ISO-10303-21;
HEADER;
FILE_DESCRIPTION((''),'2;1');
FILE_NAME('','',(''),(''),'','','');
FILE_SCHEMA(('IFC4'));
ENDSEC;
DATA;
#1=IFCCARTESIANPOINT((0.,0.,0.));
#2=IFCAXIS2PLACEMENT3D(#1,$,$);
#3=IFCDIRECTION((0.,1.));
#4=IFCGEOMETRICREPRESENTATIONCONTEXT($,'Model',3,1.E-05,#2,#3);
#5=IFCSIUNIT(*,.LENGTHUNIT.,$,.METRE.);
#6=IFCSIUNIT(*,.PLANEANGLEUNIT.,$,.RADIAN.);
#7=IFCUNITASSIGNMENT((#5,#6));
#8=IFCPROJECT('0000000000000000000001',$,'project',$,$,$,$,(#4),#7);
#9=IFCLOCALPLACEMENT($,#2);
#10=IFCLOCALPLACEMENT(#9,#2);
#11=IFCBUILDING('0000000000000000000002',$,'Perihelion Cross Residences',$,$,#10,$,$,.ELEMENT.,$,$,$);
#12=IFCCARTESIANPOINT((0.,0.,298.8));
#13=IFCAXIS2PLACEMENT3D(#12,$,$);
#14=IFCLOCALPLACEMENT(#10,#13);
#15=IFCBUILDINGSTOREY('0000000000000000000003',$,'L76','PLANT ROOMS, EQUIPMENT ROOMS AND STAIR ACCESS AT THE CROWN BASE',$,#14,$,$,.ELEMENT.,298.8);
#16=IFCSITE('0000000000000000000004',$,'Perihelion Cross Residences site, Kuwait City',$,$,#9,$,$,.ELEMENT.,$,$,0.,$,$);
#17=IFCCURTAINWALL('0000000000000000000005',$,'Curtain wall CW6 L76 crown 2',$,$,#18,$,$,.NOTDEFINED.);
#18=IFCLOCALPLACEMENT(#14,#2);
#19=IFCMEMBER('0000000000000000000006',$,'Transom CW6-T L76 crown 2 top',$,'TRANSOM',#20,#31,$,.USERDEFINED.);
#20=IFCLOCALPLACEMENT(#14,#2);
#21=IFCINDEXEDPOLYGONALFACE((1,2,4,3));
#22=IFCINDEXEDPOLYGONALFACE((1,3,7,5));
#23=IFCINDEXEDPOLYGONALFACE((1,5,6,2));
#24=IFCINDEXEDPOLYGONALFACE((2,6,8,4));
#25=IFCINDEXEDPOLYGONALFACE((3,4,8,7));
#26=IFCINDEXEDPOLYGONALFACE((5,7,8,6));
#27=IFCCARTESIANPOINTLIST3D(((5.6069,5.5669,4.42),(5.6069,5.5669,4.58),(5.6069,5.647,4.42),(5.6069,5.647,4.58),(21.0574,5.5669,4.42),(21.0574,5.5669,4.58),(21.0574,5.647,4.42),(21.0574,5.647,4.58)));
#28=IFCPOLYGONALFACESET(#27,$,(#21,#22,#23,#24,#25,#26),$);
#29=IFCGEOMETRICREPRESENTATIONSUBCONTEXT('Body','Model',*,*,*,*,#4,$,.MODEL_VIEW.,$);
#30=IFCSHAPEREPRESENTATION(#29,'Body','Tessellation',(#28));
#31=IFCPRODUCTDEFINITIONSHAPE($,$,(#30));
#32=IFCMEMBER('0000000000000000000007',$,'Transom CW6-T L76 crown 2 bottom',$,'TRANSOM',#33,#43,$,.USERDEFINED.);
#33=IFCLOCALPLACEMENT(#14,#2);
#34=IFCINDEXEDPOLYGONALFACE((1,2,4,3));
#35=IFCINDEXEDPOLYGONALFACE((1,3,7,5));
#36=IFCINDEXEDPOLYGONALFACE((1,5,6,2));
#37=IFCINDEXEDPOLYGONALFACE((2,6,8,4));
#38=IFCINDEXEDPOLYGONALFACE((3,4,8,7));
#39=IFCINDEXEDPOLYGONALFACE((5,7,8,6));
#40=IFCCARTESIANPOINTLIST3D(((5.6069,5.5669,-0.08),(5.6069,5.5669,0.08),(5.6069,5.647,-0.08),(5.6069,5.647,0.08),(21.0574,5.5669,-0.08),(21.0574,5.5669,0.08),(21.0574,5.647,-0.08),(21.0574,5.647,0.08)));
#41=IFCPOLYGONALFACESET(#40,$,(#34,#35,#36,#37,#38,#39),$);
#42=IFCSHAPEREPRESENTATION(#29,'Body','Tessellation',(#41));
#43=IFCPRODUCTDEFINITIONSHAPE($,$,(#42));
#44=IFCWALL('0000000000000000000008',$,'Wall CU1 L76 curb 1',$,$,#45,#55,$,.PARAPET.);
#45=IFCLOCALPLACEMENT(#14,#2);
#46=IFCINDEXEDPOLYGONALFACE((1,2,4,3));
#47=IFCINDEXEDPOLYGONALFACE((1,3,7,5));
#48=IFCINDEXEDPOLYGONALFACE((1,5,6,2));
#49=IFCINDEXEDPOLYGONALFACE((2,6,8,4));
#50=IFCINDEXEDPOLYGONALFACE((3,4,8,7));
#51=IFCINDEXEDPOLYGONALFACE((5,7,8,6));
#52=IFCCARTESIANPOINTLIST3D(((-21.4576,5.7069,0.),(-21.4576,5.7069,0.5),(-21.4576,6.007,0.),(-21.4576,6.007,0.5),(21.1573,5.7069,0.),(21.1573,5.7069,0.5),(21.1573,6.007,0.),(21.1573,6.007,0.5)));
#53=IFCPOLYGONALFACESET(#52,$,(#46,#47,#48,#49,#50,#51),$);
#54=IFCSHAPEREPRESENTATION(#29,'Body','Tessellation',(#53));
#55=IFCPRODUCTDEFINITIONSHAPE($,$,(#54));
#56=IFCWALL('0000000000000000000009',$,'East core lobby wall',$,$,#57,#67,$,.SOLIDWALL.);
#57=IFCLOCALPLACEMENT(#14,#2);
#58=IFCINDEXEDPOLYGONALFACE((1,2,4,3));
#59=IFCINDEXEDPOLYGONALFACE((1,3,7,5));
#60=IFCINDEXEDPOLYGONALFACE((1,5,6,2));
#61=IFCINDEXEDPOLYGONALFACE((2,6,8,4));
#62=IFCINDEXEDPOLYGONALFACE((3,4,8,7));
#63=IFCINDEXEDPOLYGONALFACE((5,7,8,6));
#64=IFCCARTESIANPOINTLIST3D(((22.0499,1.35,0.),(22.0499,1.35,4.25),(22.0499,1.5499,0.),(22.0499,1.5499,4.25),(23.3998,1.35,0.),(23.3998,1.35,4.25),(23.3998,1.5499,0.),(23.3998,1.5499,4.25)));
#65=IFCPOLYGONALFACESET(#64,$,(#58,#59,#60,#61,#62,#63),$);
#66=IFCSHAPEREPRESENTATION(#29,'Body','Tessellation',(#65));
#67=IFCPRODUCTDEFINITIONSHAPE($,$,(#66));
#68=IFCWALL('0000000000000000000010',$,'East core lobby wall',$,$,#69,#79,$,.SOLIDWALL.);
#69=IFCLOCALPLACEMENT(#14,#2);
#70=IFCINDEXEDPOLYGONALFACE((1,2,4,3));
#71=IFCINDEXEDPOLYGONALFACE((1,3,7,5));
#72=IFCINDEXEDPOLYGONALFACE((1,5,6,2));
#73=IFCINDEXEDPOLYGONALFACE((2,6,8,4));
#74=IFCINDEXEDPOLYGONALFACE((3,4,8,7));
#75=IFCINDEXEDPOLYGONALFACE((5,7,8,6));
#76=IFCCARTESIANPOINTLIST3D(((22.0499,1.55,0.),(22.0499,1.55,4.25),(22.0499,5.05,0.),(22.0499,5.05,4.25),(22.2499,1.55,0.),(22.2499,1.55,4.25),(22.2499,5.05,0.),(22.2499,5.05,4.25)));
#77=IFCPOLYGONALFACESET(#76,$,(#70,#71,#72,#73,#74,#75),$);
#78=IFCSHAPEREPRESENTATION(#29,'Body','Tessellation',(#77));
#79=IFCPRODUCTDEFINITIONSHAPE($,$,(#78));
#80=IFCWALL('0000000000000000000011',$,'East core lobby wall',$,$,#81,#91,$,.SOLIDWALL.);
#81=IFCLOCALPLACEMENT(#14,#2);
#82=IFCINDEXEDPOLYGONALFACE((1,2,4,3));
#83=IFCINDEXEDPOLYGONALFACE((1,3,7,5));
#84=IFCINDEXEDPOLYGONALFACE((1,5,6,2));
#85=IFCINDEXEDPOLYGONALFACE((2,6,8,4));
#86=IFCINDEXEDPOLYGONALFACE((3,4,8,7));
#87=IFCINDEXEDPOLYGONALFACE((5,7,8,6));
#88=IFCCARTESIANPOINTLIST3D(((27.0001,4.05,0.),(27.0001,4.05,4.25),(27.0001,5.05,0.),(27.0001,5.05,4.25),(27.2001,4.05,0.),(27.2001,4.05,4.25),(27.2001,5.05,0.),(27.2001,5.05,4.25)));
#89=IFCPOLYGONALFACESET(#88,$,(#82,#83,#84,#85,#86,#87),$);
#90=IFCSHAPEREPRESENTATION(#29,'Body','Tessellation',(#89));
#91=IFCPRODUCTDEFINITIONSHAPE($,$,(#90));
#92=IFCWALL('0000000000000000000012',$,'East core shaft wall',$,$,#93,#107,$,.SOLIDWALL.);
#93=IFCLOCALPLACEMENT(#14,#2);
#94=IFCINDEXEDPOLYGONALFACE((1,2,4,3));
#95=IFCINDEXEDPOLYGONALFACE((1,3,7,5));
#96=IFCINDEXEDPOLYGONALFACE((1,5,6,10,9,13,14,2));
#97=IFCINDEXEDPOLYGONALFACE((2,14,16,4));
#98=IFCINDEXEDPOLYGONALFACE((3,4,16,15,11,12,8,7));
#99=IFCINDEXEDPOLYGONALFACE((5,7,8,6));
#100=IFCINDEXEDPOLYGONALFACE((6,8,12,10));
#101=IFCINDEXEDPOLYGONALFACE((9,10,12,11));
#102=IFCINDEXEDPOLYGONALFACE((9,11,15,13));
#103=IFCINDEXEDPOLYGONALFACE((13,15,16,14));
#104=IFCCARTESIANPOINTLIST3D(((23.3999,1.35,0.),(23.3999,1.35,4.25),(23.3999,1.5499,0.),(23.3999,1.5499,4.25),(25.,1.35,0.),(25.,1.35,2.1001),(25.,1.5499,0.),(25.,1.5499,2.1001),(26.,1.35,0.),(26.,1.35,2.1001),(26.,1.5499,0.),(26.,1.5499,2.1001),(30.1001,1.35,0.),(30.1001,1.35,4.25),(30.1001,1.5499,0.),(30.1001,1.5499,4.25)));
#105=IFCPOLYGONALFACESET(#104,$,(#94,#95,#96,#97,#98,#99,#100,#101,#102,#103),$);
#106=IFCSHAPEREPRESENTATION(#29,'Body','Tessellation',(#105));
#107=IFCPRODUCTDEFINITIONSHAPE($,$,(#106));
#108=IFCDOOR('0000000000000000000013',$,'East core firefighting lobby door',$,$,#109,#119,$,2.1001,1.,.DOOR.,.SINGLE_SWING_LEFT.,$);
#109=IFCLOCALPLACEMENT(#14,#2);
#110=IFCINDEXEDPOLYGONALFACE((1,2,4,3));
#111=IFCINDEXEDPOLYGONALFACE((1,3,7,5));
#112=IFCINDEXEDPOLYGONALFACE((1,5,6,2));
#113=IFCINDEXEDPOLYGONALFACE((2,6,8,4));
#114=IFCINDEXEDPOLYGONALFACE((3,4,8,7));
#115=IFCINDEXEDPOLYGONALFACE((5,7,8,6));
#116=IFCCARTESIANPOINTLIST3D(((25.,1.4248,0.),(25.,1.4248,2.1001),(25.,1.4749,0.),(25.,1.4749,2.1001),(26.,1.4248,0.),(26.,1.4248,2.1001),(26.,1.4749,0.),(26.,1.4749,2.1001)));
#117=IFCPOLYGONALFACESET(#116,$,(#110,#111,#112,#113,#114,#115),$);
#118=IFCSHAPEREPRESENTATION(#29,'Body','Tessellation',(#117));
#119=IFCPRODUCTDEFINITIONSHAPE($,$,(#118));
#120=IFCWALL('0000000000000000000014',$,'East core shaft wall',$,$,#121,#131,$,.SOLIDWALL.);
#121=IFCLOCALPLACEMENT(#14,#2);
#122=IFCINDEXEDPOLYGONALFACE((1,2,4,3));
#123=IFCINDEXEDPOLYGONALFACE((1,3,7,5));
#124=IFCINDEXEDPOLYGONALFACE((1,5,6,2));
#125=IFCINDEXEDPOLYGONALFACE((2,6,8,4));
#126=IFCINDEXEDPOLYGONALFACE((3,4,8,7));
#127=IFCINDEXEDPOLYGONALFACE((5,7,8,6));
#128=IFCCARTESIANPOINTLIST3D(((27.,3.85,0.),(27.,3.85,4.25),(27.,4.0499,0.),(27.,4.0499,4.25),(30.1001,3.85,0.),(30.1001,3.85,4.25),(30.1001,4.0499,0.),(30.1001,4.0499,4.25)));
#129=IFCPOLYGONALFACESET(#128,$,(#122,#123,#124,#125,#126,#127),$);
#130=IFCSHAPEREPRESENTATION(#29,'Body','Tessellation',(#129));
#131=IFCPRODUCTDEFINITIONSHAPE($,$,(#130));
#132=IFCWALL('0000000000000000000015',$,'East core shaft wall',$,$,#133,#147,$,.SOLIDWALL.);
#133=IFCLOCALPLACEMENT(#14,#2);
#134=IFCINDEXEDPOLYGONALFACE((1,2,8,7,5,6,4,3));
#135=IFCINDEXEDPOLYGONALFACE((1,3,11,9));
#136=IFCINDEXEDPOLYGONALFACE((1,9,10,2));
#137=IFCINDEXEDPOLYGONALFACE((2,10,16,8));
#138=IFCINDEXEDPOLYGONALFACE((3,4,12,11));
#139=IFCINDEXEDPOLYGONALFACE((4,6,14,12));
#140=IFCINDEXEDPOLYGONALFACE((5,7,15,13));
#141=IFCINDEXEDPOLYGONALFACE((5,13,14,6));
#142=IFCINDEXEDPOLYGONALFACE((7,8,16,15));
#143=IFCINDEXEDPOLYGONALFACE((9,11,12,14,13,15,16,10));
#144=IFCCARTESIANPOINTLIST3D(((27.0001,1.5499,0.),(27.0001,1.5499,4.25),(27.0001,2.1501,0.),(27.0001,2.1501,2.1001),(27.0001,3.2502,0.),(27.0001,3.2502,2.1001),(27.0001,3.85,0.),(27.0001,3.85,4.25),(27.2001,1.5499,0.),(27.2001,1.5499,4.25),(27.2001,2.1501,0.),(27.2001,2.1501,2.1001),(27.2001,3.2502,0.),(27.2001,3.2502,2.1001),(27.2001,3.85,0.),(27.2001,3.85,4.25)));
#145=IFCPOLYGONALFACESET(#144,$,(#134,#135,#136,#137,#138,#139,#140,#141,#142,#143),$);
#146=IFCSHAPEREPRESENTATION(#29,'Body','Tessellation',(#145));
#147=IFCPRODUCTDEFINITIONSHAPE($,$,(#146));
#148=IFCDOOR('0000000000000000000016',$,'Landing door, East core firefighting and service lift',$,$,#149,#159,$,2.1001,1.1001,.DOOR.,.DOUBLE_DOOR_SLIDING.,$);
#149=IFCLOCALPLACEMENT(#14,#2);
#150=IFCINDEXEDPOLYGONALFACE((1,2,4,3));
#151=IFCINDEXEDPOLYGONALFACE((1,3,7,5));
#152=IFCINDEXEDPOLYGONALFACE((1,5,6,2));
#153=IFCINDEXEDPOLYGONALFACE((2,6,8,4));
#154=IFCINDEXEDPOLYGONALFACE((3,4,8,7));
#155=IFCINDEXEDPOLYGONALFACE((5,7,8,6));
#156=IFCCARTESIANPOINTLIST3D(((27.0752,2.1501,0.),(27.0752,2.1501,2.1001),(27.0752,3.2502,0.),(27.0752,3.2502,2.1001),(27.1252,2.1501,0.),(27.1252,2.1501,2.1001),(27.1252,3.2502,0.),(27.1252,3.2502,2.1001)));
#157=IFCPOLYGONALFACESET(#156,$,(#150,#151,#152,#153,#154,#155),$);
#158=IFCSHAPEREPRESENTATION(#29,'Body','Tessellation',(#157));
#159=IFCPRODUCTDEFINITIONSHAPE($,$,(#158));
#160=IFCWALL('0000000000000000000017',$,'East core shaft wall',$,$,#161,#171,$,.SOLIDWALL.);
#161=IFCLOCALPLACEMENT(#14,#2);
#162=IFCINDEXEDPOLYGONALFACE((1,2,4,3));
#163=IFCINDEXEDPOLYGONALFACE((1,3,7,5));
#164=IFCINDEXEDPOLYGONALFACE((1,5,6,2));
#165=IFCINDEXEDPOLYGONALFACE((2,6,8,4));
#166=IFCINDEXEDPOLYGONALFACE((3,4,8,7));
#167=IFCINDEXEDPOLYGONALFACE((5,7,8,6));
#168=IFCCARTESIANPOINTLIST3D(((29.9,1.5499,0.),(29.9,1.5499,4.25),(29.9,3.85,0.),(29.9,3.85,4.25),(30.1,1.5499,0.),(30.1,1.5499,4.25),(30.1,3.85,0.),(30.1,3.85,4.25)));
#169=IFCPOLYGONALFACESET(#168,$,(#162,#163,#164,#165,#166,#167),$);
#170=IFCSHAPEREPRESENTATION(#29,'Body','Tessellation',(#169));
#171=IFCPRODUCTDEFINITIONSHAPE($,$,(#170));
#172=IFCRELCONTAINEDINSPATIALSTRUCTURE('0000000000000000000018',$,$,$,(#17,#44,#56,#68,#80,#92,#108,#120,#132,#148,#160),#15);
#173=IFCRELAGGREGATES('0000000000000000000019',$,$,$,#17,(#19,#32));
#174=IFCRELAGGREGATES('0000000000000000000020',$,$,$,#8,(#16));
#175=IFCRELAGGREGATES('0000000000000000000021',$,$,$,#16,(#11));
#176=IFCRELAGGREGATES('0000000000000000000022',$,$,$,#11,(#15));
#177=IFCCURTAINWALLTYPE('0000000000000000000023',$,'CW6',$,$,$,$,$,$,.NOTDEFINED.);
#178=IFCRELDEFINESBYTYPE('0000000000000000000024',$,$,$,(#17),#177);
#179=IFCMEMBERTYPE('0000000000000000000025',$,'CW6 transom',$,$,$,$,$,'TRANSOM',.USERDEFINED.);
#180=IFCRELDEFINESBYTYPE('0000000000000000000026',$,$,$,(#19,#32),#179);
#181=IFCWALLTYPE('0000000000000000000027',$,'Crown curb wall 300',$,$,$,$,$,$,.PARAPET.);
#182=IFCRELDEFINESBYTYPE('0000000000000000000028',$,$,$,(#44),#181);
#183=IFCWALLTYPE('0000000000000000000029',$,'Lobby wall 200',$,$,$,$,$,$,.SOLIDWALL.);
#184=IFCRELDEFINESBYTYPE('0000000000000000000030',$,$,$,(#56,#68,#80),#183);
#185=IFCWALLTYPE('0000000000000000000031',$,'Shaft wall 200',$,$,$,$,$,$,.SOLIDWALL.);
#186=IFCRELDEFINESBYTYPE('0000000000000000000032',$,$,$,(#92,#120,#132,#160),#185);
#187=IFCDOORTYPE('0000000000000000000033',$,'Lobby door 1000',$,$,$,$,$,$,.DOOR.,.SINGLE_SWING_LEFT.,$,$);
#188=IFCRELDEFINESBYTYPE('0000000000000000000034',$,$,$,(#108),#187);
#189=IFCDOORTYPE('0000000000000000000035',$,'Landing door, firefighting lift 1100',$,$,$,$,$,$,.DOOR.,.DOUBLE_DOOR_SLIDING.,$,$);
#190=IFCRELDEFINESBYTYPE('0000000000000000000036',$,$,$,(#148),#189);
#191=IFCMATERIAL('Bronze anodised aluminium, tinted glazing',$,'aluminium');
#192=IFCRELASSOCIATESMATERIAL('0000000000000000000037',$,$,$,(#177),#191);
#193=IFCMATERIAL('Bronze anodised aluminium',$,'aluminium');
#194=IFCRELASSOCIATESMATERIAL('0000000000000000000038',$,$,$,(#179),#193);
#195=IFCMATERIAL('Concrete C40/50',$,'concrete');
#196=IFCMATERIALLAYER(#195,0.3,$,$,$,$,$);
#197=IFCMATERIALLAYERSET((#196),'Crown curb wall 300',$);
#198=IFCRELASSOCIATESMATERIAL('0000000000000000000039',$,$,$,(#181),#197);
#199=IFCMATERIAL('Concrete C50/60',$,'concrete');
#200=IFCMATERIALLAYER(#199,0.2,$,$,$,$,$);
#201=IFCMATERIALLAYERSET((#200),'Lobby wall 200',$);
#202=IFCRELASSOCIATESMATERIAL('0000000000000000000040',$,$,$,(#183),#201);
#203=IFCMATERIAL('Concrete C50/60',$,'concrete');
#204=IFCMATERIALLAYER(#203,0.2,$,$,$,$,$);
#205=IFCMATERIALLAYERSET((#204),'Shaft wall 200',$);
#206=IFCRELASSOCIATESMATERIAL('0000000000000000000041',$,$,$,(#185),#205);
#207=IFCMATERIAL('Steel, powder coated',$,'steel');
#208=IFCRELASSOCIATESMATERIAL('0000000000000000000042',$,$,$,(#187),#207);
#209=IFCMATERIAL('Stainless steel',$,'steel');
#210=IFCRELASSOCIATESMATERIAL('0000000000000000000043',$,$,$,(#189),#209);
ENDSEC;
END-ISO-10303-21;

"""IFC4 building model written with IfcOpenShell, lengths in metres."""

from ifc_helpers import new_model, si_unit, direction, frame, frame_2d, origin, origin_2d, place, context, subcontext, project, spatial, rectangle, extrude, material, layer, layer_set, material_profile, profile_set, type_object, element, fill, aggregate, save


model = new_model("IFC4")

# Units and contexts
model_context = context("Model", 3, precision=1e-05, world=origin(), true_north=direction((0.0, 1.0)))
body_context = subcontext(model_context, "Body", "Model", "MODEL_VIEW")
ifc_project = project(units=[si_unit("LENGTHUNIT", "METRE"), si_unit("PLANEANGLEUNIT", "RADIAN")], contexts=[model_context])

# Site, building, storey
site_placement = place(None, origin())
site = spatial("IfcSite", under=ifc_project, at=site_placement, Name="Perihelion Cross Residences site, Kuwait City", CompositionType="ELEMENT", RefElevation=0.0)
building_placement = place(site_placement, origin())
building = spatial("IfcBuilding", under=site, at=building_placement, Name="Perihelion Cross Residences", CompositionType="ELEMENT")
storey_placement = place(building_placement, frame((0.0, 0.0, 298.8)))
storey = spatial("IfcBuildingStorey", under=building, at=storey_placement, Name="L76", Description="PLANT ROOMS, EQUIPMENT ROOMS AND STAIR ACCESS AT THE CROWN BASE", CompositionType="ELEMENT", Elevation=298.8)

# Curtain wall, members
ifc_material_1 = material(Name="Bronze anodised aluminium, tinted glazing", Category="aluminium")
curtain_wall_type = type_object("IfcCurtainWallType", Name="CW6", PredefinedType="NOTDEFINED", material=ifc_material_1)
curtain_wall_placement = place(storey_placement, origin())
curtain_wall = element("IfcCurtainWall", 1, at=curtain_wall_placement, inside=storey, type_object=curtain_wall_type, Name="Curtain wall CW6 L76 crown 2", PredefinedType="NOTDEFINED")
ifc_material_2 = material(Name="Bronze anodised aluminium", Category="aluminium")
ifc_material_profile = material_profile(ifc_material_2, rectangle(XDim=0.0801, YDim=0.1599, at=origin_2d()), Name="CW6 transom")
ifc_profile_set = profile_set([ifc_material_profile], Name="Bronze anodised aluminium")
member_type = type_object("IfcMemberType", Name="CW6 transom", ElementType="TRANSOM", PredefinedType="USERDEFINED", material=ifc_profile_set)
member_1_placement = place(storey_placement, frame((21.0574, 5.6069, 4.5), z_axis=(-1.0, 0.0, 0.0), x_axis=(0.0, -1.0, 0.0)))
member_1 = element("IfcMember", 2, at=member_1_placement, type_object=member_type, Name="Transom CW6-T L76 crown 2 top", ObjectType="TRANSOM", PredefinedType="USERDEFINED", context=body_context, shape_type="SweptSolid", body=[
    extrude(rectangle(XDim=0.0801, YDim=0.1599, at=origin_2d()), origin(), (0.0, 0.0, 1.0), 15.4504),
])
member_2_placement = place(storey_placement, frame((21.0574, 5.6069, 0.0), z_axis=(-1.0, 0.0, 0.0), x_axis=(0.0, -1.0, 0.0)))
member_2 = element("IfcMember", 3, at=member_2_placement, type_object=member_type, Name="Transom CW6-T L76 crown 2 bottom", ObjectType="TRANSOM", PredefinedType="USERDEFINED", context=body_context, shape_type="SweptSolid", body=[
    extrude(rectangle(XDim=0.0801, YDim=0.1599, at=origin_2d()), origin(), (0.0, 0.0, 1.0), 15.4504),
])
aggregate(curtain_wall, [member_1, member_2])

# Walls
ifc_material_3 = material(Name="Concrete C40/50", Category="concrete")
ifc_layer_1 = layer(ifc_material_3, 0.3)
ifc_layer_set_1 = layer_set([ifc_layer_1], Name="Crown curb wall 300")
wall_type_1 = type_object("IfcWallType", Name="Crown curb wall 300", PredefinedType="PARAPET", material=ifc_layer_set_1)
wall_1_placement = place(storey_placement, frame((21.1575, 5.8569, 0.0), z_axis=(0.0, 0.0, 1.0), x_axis=(-1.0, 0.0, 0.0)))
element("IfcWall", 4, at=wall_1_placement, inside=storey, type_object=wall_type_1, Name="Wall CU1 L76 curb 1", PredefinedType="PARAPET", context=body_context, shape_type="SweptSolid", body=[
    extrude(rectangle(XDim=42.615, YDim=0.3, at=frame_2d((21.3076, 0.0))), origin(), (0.0, 0.0, 1.0), 0.5),
])
ifc_material_4 = material(Name="Concrete C50/60", Category="concrete")
ifc_layer_2 = layer(ifc_material_4, 0.2)
ifc_layer_set_2 = layer_set([ifc_layer_2], Name="Lobby wall 200")
wall_type_2 = type_object("IfcWallType", Name="Lobby wall 200", PredefinedType="SOLIDWALL", material=ifc_layer_set_2)
wall_2_placement = place(storey_placement, frame((22.05, 1.45, 0.0), z_axis=(0.0, 0.0, 1.0), x_axis=(1.0, 0.0, 0.0)))
element("IfcWall", 5, at=wall_2_placement, inside=storey, type_object=wall_type_2, Name="East core lobby wall", PredefinedType="SOLIDWALL", context=body_context, shape_type="SweptSolid", body=[
    extrude(rectangle(XDim=1.3499, YDim=0.2, at=frame_2d((0.6748, 0.0))), origin(), (0.0, 0.0, 1.0), 4.25),
])
wall_3_placement = place(storey_placement, frame((22.1499, 1.55, 0.0), z_axis=(0.0, 0.0, 1.0), x_axis=(0.0, 1.0, 0.0)))
element("IfcWall", 6, at=wall_3_placement, inside=storey, type_object=wall_type_2, Name="East core lobby wall", PredefinedType="SOLIDWALL", context=body_context, shape_type="SweptSolid", body=[
    extrude(rectangle(XDim=3.5, YDim=0.2, at=frame_2d((1.75, 0.0))), origin(), (0.0, 0.0, 1.0), 4.25),
])
wall_4_placement = place(storey_placement, frame((27.1001, 4.05, 0.0), z_axis=(0.0, 0.0, 1.0), x_axis=(0.0, 1.0, 0.0)))
element("IfcWall", 7, at=wall_4_placement, inside=storey, type_object=wall_type_2, Name="East core lobby wall", PredefinedType="SOLIDWALL", context=body_context, shape_type="SweptSolid", body=[
    extrude(rectangle(XDim=1.0, YDim=0.2, at=frame_2d((0.5, 0.0))), origin(), (0.0, 0.0, 1.0), 4.25),
])

# Wall, opening, door
ifc_material_5 = material(Name="Concrete C50/60", Category="concrete")
ifc_layer_3 = layer(ifc_material_5, 0.2)
ifc_layer_set_3 = layer_set([ifc_layer_3], Name="Shaft wall 200")
wall_type_3 = type_object("IfcWallType", Name="Shaft wall 200", PredefinedType="SOLIDWALL", material=ifc_layer_set_3)
wall_5_placement = place(storey_placement, frame((23.3999, 1.45, 0.0), z_axis=(0.0, 0.0, 1.0), x_axis=(1.0, 0.0, 0.0)))
wall_5 = element("IfcWall", 8, at=wall_5_placement, inside=storey, type_object=wall_type_3, Name="East core shaft wall", PredefinedType="SOLIDWALL", context=body_context, shape_type="SweptSolid", body=[
    extrude(rectangle(XDim=6.7002, YDim=0.2, at=frame_2d((3.3501, 0.0))), origin(), (0.0, 0.0, 1.0), 4.25),
])
opening_1_placement = place(wall_5_placement, frame((1.6001, 0.0, 0.0)))
opening_1 = element("IfcOpeningElement", 9, at=opening_1_placement, cuts=wall_5, PredefinedType="OPENING", context=body_context, shape_type="SweptSolid", body=[
    extrude(rectangle(XDim=1.0, YDim=2.1001, at=frame_2d((0.5, 1.05))), frame((0.0, 0.1099, 0.0), z_axis=(0.0, -1.0, 0.0), x_axis=(1.0, 0.0, 0.0)), (0.0, 0.0, 1.0), 0.22),
])
ifc_material_6 = material(Name="Steel, powder coated", Category="steel")
door_type_1 = type_object("IfcDoorType", Name="Lobby door 1000", OperationType="SINGLE_SWING_LEFT", PredefinedType="DOOR", material=ifc_material_6)
door_1_placement = place(opening_1_placement, origin())
door_1 = element("IfcDoor", 10, at=door_1_placement, inside=storey, type_object=door_type_1, Name="East core firefighting lobby door", OperationType="SINGLE_SWING_LEFT", OverallHeight=2.1001, OverallWidth=1.0, PredefinedType="DOOR", context=body_context, shape_type="SweptSolid", body=[
    extrude(rectangle(XDim=1.0, YDim=2.1001, at=frame_2d((0.5, 1.05))), frame((0.0, 0.0249, 0.0), z_axis=(0.0, -1.0, 0.0), x_axis=(1.0, 0.0, 0.0)), (0.0, 0.0, 1.0), 0.05),
])
fill(opening_1, door_1)

# Wall
wall_6_placement = place(storey_placement, frame((27.0, 3.95, 0.0), z_axis=(0.0, 0.0, 1.0), x_axis=(1.0, 0.0, 0.0)))
element("IfcWall", 11, at=wall_6_placement, inside=storey, type_object=wall_type_3, Name="East core shaft wall", PredefinedType="SOLIDWALL", context=body_context, shape_type="SweptSolid", body=[
    extrude(rectangle(XDim=3.1001, YDim=0.2, at=frame_2d((1.55, 0.0))), origin(), (0.0, 0.0, 1.0), 4.25),
])

# Wall, opening, door
wall_7_placement = place(storey_placement, frame((27.1001, 1.55, 0.0), z_axis=(0.0, 0.0, 1.0), x_axis=(0.0, 1.0, 0.0)))
wall_7 = element("IfcWall", 12, at=wall_7_placement, inside=storey, type_object=wall_type_3, Name="East core shaft wall", PredefinedType="SOLIDWALL", context=body_context, shape_type="SweptSolid", body=[
    extrude(rectangle(XDim=2.3, YDim=0.2, at=frame_2d((1.1499, 0.0))), origin(), (0.0, 0.0, 1.0), 4.25),
])
opening_2_placement = place(wall_7_placement, frame((0.6001, 0.0, 0.0)))
opening_2 = element("IfcOpeningElement", 13, at=opening_2_placement, cuts=wall_7, PredefinedType="OPENING", context=body_context, shape_type="SweptSolid", body=[
    extrude(rectangle(XDim=1.1001, YDim=2.1001, at=frame_2d((0.55, 1.05))), frame((0.0, 0.1099, 0.0), z_axis=(0.0, -1.0, 0.0), x_axis=(1.0, 0.0, 0.0)), (0.0, 0.0, 1.0), 0.22),
])
ifc_material_7 = material(Name="Stainless steel", Category="steel")
door_type_2 = type_object("IfcDoorType", Name="Landing door, firefighting lift 1100", OperationType="DOUBLE_DOOR_SLIDING", PredefinedType="DOOR", material=ifc_material_7)
door_2_placement = place(opening_2_placement, origin())
door_2 = element("IfcDoor", 14, at=door_2_placement, inside=storey, type_object=door_type_2, Name="Landing door, East core firefighting and service lift", OperationType="DOUBLE_DOOR_SLIDING", OverallHeight=2.1001, OverallWidth=1.1001, PredefinedType="DOOR", context=body_context, shape_type="SweptSolid", body=[
    extrude(rectangle(XDim=1.1001, YDim=2.1001, at=frame_2d((0.55, 1.05))), frame((0.0, 0.0249, 0.0), z_axis=(0.0, -1.0, 0.0), x_axis=(1.0, 0.0, 0.0)), (0.0, 0.0, 1.0), 0.05),
])
fill(opening_2, door_2)

# Wall
wall_8_placement = place(storey_placement, frame((30.0, 1.55, 0.0), z_axis=(0.0, 0.0, 1.0), x_axis=(0.0, 1.0, 0.0)))
element("IfcWall", 15, at=wall_8_placement, inside=storey, type_object=wall_type_3, Name="East core shaft wall", PredefinedType="SOLIDWALL", context=body_context, shape_type="SweptSolid", body=[
    extrude(rectangle(XDim=2.3, YDim=0.2, at=frame_2d((1.1499, 0.0))), origin(), (0.0, 0.0, 1.0), 4.25),
])

save(model, "model.ifc")
